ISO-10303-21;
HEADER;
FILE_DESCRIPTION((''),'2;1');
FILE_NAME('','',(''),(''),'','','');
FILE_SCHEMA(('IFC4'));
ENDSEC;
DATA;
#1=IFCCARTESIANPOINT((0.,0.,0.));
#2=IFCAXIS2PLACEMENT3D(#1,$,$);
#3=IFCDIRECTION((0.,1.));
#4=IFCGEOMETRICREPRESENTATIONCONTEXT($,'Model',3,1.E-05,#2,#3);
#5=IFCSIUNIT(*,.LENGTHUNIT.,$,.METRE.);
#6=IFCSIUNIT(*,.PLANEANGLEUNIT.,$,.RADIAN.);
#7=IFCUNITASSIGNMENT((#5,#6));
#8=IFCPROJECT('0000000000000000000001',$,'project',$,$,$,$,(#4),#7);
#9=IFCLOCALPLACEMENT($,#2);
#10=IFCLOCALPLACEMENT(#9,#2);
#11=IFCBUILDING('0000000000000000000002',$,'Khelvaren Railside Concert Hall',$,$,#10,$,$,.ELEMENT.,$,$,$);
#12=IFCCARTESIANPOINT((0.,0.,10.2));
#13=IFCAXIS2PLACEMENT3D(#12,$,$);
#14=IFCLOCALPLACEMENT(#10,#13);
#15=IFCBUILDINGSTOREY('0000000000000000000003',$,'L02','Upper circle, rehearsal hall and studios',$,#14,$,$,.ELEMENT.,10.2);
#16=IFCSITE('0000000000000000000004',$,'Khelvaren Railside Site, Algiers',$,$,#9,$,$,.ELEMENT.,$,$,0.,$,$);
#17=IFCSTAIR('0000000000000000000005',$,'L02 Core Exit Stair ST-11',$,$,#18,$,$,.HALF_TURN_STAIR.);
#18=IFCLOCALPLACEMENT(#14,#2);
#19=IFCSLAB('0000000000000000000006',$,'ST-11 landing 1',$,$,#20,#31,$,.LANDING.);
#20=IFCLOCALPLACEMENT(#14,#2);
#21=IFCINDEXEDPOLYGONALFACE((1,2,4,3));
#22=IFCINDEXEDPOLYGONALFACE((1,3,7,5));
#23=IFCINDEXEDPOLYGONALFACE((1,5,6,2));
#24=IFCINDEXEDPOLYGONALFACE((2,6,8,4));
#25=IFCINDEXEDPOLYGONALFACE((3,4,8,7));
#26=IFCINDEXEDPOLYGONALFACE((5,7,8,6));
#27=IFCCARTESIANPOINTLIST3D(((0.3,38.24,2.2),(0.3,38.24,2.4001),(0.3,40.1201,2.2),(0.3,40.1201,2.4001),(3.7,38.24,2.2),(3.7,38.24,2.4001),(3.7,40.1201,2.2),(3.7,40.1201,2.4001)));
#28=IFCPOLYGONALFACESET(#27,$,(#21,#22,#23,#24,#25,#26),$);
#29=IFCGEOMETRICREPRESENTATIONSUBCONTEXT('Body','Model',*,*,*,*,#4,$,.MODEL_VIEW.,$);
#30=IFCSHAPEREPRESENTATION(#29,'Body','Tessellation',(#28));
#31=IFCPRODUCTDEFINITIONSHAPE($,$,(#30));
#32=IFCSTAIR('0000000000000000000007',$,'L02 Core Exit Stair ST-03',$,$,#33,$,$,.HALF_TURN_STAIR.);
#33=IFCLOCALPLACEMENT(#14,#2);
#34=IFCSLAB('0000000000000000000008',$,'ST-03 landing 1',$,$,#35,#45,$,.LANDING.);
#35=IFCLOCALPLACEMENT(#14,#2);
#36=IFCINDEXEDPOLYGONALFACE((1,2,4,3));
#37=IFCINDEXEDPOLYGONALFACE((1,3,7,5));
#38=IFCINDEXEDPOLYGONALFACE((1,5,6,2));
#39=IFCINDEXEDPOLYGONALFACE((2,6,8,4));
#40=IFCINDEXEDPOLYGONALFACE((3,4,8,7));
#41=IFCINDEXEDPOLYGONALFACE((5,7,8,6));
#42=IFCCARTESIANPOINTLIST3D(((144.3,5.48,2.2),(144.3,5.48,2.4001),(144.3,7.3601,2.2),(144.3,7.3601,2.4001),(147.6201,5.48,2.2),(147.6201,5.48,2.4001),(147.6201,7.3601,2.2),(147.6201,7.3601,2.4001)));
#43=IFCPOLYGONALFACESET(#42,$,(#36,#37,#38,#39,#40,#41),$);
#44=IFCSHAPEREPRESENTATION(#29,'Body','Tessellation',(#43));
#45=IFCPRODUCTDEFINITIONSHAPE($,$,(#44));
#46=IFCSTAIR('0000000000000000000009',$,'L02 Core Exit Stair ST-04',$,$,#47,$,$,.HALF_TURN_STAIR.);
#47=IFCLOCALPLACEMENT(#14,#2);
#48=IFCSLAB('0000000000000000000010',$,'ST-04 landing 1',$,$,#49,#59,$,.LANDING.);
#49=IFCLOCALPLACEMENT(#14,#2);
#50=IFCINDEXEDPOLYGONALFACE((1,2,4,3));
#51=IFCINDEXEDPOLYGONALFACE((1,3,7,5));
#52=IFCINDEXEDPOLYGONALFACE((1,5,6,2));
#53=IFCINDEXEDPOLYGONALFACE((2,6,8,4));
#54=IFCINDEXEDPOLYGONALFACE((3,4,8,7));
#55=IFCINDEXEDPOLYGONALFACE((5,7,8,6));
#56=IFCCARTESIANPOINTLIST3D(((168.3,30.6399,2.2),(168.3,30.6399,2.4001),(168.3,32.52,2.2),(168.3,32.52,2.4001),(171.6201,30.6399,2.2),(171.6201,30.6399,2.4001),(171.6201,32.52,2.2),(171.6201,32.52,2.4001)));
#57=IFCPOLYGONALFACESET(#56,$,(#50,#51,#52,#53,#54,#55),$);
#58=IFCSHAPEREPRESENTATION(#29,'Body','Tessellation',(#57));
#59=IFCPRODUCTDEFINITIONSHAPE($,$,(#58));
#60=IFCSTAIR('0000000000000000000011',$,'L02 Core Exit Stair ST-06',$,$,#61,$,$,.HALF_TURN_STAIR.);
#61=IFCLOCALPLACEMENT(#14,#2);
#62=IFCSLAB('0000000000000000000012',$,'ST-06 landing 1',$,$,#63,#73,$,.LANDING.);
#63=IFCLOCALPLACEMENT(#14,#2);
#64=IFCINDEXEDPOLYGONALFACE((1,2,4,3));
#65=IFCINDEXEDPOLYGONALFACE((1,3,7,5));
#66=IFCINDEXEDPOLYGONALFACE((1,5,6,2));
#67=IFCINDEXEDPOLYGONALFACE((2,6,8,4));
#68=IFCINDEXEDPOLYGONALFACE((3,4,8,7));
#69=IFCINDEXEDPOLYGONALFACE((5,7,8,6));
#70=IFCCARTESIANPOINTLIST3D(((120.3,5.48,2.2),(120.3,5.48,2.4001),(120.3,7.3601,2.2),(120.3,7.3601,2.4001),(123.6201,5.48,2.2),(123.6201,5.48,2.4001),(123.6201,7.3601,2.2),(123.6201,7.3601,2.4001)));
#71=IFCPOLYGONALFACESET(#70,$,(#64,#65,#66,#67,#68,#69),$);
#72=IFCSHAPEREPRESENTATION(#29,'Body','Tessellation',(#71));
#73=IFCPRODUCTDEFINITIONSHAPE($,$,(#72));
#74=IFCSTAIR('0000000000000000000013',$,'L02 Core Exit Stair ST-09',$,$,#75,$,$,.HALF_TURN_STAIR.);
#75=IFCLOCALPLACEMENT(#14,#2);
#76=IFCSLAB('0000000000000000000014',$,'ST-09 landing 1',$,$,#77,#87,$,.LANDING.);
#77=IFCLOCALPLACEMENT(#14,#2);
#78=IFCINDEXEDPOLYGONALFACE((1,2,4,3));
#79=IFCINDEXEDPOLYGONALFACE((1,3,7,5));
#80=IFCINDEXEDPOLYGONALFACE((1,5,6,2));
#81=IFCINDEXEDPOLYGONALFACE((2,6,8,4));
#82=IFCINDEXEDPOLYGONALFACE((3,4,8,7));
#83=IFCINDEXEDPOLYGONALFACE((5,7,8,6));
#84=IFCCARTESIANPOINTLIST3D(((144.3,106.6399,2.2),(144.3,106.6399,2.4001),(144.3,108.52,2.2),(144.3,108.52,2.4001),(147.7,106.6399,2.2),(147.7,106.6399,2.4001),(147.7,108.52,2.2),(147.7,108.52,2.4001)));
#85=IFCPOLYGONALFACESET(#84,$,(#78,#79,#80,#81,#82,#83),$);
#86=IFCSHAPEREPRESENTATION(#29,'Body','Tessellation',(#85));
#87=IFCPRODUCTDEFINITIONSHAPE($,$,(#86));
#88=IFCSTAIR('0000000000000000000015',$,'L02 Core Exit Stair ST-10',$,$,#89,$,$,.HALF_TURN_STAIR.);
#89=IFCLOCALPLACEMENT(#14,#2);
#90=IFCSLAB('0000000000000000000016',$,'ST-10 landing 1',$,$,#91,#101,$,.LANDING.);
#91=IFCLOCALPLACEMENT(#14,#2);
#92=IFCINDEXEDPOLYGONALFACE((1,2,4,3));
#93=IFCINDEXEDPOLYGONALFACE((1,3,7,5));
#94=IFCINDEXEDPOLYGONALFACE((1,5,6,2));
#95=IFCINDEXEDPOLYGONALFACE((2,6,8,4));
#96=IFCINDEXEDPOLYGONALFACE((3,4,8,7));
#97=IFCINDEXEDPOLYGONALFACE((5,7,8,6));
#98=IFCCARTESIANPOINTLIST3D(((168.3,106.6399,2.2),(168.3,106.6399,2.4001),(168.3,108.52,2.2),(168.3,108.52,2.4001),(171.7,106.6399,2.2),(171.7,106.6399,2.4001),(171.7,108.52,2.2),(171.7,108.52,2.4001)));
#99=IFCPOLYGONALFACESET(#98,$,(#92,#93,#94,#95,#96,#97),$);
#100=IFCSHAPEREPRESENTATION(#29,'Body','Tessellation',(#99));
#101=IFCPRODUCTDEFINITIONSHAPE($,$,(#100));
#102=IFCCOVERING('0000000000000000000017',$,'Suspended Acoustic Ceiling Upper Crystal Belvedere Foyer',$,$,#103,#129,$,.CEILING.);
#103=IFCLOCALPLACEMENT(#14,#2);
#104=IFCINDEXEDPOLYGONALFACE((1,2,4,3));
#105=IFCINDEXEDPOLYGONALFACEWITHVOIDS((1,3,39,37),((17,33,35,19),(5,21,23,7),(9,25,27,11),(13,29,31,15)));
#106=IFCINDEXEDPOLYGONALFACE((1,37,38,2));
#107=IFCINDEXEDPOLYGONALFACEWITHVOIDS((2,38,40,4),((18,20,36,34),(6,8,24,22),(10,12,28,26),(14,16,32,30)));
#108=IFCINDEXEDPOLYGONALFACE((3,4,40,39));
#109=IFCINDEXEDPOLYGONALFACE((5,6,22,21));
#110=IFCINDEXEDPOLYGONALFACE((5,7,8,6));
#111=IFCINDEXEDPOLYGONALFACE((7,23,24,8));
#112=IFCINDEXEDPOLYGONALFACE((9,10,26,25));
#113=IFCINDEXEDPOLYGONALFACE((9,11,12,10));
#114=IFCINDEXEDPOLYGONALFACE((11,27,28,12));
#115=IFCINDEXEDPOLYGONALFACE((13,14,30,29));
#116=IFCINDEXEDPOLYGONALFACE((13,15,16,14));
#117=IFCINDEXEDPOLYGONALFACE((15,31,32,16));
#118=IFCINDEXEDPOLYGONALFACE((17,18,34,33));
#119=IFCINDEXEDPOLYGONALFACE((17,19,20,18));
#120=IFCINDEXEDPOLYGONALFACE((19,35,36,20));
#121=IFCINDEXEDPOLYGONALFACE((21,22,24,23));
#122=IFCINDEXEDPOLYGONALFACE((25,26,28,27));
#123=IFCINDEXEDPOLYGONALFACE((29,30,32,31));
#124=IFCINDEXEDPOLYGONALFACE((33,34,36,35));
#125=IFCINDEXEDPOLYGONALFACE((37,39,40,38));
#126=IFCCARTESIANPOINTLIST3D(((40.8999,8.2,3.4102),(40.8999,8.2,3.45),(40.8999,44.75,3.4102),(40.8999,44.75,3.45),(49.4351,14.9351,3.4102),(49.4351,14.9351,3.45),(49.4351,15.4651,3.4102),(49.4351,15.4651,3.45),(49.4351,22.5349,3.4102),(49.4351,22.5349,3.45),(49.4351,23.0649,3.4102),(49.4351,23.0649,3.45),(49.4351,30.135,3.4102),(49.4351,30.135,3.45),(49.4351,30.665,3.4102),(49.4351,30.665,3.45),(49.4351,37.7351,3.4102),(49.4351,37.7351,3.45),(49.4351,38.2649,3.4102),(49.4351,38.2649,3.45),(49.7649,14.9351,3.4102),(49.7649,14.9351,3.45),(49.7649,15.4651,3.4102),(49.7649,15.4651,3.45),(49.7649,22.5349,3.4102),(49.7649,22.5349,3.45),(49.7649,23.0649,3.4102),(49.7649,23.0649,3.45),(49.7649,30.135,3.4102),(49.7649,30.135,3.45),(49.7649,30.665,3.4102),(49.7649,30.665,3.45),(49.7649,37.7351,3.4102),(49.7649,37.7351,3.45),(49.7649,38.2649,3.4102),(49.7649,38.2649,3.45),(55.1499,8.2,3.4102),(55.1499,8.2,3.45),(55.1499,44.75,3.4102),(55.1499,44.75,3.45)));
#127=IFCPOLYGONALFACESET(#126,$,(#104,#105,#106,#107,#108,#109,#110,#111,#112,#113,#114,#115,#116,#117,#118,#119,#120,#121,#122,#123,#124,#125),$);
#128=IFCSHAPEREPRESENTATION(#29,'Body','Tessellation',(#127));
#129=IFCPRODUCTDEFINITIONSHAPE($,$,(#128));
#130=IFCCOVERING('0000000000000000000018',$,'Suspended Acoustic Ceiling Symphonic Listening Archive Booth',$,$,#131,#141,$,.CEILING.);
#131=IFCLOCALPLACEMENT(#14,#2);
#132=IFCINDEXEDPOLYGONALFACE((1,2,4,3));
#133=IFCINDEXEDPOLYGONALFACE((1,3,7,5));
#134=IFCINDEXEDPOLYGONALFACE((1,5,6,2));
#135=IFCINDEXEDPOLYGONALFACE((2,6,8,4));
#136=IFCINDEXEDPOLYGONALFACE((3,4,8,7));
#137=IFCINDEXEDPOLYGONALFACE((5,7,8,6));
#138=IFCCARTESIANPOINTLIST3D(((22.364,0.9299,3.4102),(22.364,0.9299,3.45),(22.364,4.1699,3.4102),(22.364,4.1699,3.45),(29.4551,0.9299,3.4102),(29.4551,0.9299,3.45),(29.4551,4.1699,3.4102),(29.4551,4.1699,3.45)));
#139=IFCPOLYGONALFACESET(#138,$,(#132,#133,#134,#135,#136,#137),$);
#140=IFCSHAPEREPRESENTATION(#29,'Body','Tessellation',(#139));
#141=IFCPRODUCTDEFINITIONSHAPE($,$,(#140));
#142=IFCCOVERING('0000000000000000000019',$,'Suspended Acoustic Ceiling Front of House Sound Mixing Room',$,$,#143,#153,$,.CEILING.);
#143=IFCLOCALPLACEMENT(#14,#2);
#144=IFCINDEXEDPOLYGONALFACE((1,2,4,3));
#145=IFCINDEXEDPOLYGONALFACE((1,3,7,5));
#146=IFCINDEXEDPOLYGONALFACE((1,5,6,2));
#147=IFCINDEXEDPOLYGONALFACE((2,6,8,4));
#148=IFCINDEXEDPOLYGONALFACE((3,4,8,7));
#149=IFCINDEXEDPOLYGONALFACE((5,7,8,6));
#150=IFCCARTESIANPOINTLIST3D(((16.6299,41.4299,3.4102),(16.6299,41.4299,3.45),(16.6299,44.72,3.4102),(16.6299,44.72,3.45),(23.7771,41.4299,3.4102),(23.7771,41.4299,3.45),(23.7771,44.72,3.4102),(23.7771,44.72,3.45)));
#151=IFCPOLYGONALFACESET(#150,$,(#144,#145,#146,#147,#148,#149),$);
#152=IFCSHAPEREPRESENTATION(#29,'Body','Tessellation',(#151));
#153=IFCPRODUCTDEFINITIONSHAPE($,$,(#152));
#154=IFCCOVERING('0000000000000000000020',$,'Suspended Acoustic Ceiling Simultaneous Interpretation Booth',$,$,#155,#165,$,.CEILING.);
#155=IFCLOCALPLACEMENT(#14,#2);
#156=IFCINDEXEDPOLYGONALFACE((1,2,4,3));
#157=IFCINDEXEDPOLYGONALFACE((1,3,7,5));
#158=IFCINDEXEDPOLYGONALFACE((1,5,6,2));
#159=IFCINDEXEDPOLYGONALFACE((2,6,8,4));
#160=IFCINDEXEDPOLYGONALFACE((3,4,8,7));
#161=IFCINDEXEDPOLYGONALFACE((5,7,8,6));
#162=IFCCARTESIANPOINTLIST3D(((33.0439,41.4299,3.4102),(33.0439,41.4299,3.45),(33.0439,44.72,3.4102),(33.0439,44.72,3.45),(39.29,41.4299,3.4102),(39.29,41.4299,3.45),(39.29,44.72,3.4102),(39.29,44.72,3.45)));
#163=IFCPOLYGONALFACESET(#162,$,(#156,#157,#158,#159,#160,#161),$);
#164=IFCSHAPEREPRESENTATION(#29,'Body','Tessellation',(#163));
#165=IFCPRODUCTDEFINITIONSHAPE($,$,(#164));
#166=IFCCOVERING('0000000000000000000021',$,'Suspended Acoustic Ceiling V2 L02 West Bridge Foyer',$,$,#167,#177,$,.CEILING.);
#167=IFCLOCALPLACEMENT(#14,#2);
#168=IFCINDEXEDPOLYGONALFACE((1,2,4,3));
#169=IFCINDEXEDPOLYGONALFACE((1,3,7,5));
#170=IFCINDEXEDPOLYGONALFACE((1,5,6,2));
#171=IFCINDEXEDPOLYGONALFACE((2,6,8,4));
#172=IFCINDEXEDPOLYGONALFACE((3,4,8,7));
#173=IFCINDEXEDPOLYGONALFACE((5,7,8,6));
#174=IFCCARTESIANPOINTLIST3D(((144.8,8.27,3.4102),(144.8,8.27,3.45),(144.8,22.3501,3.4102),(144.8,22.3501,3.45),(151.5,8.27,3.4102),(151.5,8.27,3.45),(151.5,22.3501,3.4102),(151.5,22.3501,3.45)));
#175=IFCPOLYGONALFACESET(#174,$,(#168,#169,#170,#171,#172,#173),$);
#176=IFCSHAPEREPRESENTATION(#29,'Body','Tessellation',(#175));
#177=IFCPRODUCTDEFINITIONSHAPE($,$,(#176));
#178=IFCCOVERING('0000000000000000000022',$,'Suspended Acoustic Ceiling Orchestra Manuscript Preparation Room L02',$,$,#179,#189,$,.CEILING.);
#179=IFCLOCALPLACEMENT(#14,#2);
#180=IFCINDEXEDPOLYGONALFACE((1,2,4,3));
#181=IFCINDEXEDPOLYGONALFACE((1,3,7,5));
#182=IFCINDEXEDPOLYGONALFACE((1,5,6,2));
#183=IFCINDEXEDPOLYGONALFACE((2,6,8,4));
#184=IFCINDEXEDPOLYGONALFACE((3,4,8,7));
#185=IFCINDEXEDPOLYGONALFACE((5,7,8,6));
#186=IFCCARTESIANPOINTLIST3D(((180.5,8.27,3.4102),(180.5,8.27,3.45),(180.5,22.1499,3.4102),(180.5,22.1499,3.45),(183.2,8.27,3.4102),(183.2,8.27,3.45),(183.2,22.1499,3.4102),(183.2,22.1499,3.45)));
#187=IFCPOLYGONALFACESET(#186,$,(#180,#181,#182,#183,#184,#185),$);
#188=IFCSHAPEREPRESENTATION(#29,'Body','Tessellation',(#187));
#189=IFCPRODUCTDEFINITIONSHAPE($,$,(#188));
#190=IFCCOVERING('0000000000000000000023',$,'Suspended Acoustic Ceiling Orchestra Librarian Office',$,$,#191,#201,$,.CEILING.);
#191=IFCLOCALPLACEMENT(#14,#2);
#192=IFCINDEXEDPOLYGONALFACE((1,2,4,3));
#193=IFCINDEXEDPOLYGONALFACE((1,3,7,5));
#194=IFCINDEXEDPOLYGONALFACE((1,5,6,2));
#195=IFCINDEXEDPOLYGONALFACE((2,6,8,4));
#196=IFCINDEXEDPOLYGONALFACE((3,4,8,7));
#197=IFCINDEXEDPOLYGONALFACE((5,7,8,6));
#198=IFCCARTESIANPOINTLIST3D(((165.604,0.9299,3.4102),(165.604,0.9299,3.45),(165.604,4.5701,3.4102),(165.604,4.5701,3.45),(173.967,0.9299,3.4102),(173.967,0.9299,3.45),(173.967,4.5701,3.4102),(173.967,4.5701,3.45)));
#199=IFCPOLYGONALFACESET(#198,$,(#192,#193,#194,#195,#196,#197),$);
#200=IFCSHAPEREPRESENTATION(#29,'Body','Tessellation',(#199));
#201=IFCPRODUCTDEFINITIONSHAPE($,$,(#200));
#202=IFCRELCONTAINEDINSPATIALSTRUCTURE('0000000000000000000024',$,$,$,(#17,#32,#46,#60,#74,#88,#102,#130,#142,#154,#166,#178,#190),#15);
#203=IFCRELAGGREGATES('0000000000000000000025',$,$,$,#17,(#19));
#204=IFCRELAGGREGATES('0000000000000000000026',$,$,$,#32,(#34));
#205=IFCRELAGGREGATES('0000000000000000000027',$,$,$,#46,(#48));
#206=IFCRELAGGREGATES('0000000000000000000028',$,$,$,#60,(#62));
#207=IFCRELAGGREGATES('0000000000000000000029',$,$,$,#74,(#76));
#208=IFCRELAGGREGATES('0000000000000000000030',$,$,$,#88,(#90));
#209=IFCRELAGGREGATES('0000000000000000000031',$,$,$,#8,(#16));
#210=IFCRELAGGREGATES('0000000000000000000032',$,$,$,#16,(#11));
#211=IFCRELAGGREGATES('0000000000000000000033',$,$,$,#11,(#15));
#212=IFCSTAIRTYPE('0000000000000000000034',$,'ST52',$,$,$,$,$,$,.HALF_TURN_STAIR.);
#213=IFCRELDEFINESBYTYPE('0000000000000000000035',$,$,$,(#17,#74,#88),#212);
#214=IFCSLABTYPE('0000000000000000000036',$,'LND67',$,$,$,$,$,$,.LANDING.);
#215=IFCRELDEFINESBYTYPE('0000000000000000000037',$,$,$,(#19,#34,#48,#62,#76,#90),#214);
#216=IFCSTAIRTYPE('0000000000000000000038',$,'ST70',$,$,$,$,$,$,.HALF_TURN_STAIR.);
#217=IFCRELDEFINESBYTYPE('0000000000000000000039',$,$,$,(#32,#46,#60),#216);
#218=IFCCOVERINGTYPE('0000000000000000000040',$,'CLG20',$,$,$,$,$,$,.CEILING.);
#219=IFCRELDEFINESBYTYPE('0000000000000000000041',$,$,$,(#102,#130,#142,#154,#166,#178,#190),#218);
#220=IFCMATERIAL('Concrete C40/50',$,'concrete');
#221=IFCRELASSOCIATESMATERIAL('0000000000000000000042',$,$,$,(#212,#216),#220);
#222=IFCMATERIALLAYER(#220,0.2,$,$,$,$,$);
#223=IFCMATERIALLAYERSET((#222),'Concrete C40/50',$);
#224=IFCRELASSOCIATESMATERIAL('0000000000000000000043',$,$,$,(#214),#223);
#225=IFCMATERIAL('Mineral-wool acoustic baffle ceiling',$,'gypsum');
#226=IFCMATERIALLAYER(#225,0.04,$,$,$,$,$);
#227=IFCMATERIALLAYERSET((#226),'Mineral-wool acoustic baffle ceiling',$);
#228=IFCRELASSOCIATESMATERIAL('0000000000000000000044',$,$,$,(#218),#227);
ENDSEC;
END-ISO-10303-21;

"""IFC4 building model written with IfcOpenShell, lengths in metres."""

from ifc_helpers import new_model, si_unit, direction, frame, origin, place, context, subcontext, project, spatial, polyline, outline, extrude, material, layer, layer_set, type_object, element, aggregate, save


model = new_model("IFC4")

# Units and contexts
model_context = context("Model", 3, precision=1e-05, world=origin(), true_north=direction((0.0, 1.0)))
body_context = subcontext(model_context, "Body", "Model", "MODEL_VIEW")
ifc_project = project(units=[si_unit("LENGTHUNIT", "METRE"), si_unit("PLANEANGLEUNIT", "RADIAN")], contexts=[model_context])

# Site, building, storey
site_placement = place(None, origin())
site = spatial("IfcSite", under=ifc_project, at=site_placement, Name="Khelvaren Railside Site, Algiers", CompositionType="ELEMENT", RefElevation=0.0)
building_placement = place(site_placement, origin())
building = spatial("IfcBuilding", under=site, at=building_placement, Name="Khelvaren Railside Concert Hall", CompositionType="ELEMENT")
storey_placement = place(building_placement, frame((0.0, 0.0, 10.2)))
storey = spatial("IfcBuildingStorey", under=building, at=storey_placement, Name="L02", Description="Upper circle, rehearsal hall and studios", CompositionType="ELEMENT", Elevation=10.2)

# Stairs, slabs
ifc_material_1 = material(Name="Concrete C40/50", Category="concrete")
stair_type_1 = type_object("IfcStairType", Name="ST52", PredefinedType="HALF_TURN_STAIR", material=ifc_material_1)
stair_1_placement = place(storey_placement, origin())
stair_1 = element("IfcStair", 1, at=stair_1_placement, inside=storey, type_object=stair_type_1, Name="L02 Core Exit Stair ST-11", PredefinedType="HALF_TURN_STAIR")
ifc_layer_1 = layer(ifc_material_1, 0.2)
ifc_layer_set_1 = layer_set([ifc_layer_1], Name="Concrete C40/50")
slab_type = type_object("IfcSlabType", Name="LND67", PredefinedType="LANDING", material=ifc_layer_set_1)
slab_1_placement = place(storey_placement, frame((0.0, 0.0, 2.2)))
slab_1 = element("IfcSlab", 2, at=slab_1_placement, type_object=slab_type, Name="ST-11 landing 1", PredefinedType="LANDING", context=body_context, shape_type="SweptSolid", body=[
    extrude(outline(polyline([(0.3, 40.1201), (0.3, 38.24), (3.7, 38.24), (3.7, 40.1201), (0.3, 40.1201)])), origin(), (0.0, 0.0, 1.0), 0.2002),
])
aggregate(stair_1, [slab_1])
stair_type_2 = type_object("IfcStairType", Name="ST70", PredefinedType="HALF_TURN_STAIR", material=ifc_material_1)
stair_2_placement = place(storey_placement, origin())
stair_2 = element("IfcStair", 3, at=stair_2_placement, inside=storey, type_object=stair_type_2, Name="L02 Core Exit Stair ST-03", PredefinedType="HALF_TURN_STAIR")
slab_2_placement = place(storey_placement, frame((0.0, 0.0, 2.2)))
slab_2 = element("IfcSlab", 4, at=slab_2_placement, type_object=slab_type, Name="ST-03 landing 1", PredefinedType="LANDING", context=body_context, shape_type="SweptSolid", body=[
    extrude(outline(polyline([(147.6201, 5.48), (147.6201, 7.3601), (144.3, 7.3601), (144.3, 5.48), (147.6201, 5.48)])), origin(), (0.0, 0.0, 1.0), 0.2002),
])
aggregate(stair_2, [slab_2])
stair_3_placement = place(storey_placement, origin())
stair_3 = element("IfcStair", 5, at=stair_3_placement, inside=storey, type_object=stair_type_2, Name="L02 Core Exit Stair ST-04", PredefinedType="HALF_TURN_STAIR")
slab_3_placement = place(storey_placement, frame((0.0, 0.0, 2.2)))
slab_3 = element("IfcSlab", 6, at=slab_3_placement, type_object=slab_type, Name="ST-04 landing 1", PredefinedType="LANDING", context=body_context, shape_type="SweptSolid", body=[
    extrude(outline(polyline([(168.3, 32.52), (168.3, 30.6399), (171.6201, 30.6399), (171.6201, 32.52), (168.3, 32.52)])), origin(), (0.0, 0.0, 1.0), 0.2002),
])
aggregate(stair_3, [slab_3])
stair_4_placement = place(storey_placement, origin())
stair_4 = element("IfcStair", 7, at=stair_4_placement, inside=storey, type_object=stair_type_2, Name="L02 Core Exit Stair ST-06", PredefinedType="HALF_TURN_STAIR")
slab_4_placement = place(storey_placement, frame((0.0, 0.0, 2.2)))
slab_4 = element("IfcSlab", 8, at=slab_4_placement, type_object=slab_type, Name="ST-06 landing 1", PredefinedType="LANDING", context=body_context, shape_type="SweptSolid", body=[
    extrude(outline(polyline([(123.6201, 5.48), (123.6201, 7.3601), (120.3, 7.3601), (120.3, 5.48), (123.6201, 5.48)])), origin(), (0.0, 0.0, 1.0), 0.2002),
])
aggregate(stair_4, [slab_4])
stair_5_placement = place(storey_placement, origin())
stair_5 = element("IfcStair", 9, at=stair_5_placement, inside=storey, type_object=stair_type_1, Name="L02 Core Exit Stair ST-09", PredefinedType="HALF_TURN_STAIR")
slab_5_placement = place(storey_placement, frame((0.0, 0.0, 2.2)))
slab_5 = element("IfcSlab", 10, at=slab_5_placement, type_object=slab_type, Name="ST-09 landing 1", PredefinedType="LANDING", context=body_context, shape_type="SweptSolid", body=[
    extrude(outline(polyline([(144.3, 108.52), (144.3, 106.6399), (147.7, 106.6399), (147.7, 108.52), (144.3, 108.52)])), origin(), (0.0, 0.0, 1.0), 0.2002),
])
aggregate(stair_5, [slab_5])
stair_6_placement = place(storey_placement, origin())
stair_6 = element("IfcStair", 11, at=stair_6_placement, inside=storey, type_object=stair_type_1, Name="L02 Core Exit Stair ST-10", PredefinedType="HALF_TURN_STAIR")
slab_6_placement = place(storey_placement, frame((0.0, 0.0, 2.2)))
slab_6 = element("IfcSlab", 12, at=slab_6_placement, type_object=slab_type, Name="ST-10 landing 1", PredefinedType="LANDING", context=body_context, shape_type="SweptSolid", body=[
    extrude(outline(polyline([(168.3, 108.52), (168.3, 106.6399), (171.7, 106.6399), (171.7, 108.52), (168.3, 108.52)])), origin(), (0.0, 0.0, 1.0), 0.2002),
])
aggregate(stair_6, [slab_6])

# Coverings
ifc_material_2 = material(Name="Mineral-wool acoustic baffle ceiling", Category="gypsum")
ifc_layer_2 = layer(ifc_material_2, 0.04)
ifc_layer_set_2 = layer_set([ifc_layer_2], Name="Mineral-wool acoustic baffle ceiling")
covering_type_1 = type_object("IfcCoveringType", Name="CLG20", PredefinedType="CEILING", material=ifc_layer_set_2)
covering_1_placement = place(storey_placement, frame((0.0, 0.0, 3.4102)))
element("IfcCovering", 13, at=covering_1_placement, inside=storey, type_object=covering_type_1, Name="Suspended Acoustic Ceiling Upper Crystal Belvedere Foyer", PredefinedType="CEILING", context=body_context, shape_type="SweptSolid", body=[
    extrude(outline(polyline([(40.8999, 8.2), (55.1499, 8.2), (55.1499, 44.75), (40.8999, 44.75), (40.8999, 8.2)]), holes=[polyline([(49.4351, 14.9351), (49.7649, 14.9351), (49.7649, 15.4651), (49.4351, 15.4651), (49.4351, 14.9351)]), polyline([(49.4351, 22.5349), (49.7649, 22.5349), (49.7649, 23.0649), (49.4351, 23.0649), (49.4351, 22.5349)]), polyline([(49.4351, 30.135), (49.7649, 30.135), (49.7649, 30.665), (49.4351, 30.665), (49.4351, 30.135)]), polyline([(49.4351, 37.7351), (49.7649, 37.7351), (49.7649, 38.2649), (49.4351, 38.2649), (49.4351, 37.7351)])]), origin(), (0.0, 0.0, 1.0), 0.0398),
])
covering_2_placement = place(storey_placement, frame((0.0, 0.0, 3.4102)))
element("IfcCovering", 14, at=covering_2_placement, inside=storey, type_object=covering_type_1, Name="Suspended Acoustic Ceiling Symphonic Listening Archive Booth", PredefinedType="CEILING", context=body_context, shape_type="SweptSolid", body=[
    extrude(outline(polyline([(22.364, 0.9299), (29.4551, 0.9299), (29.4551, 4.1699), (22.364, 4.1699), (22.364, 0.9299)])), origin(), (0.0, 0.0, 1.0), 0.0398),
])
covering_3_placement = place(storey_placement, frame((0.0, 0.0, 3.4102)))
element("IfcCovering", 15, at=covering_3_placement, inside=storey, type_object=covering_type_1, Name="Suspended Acoustic Ceiling Front of House Sound Mixing Room", PredefinedType="CEILING", context=body_context, shape_type="SweptSolid", body=[
    extrude(outline(polyline([(16.6299, 41.4299), (23.7771, 41.4299), (23.7771, 44.72), (16.6299, 44.72), (16.6299, 41.4299)])), origin(), (0.0, 0.0, 1.0), 0.0398),
])
covering_4_placement = place(storey_placement, frame((0.0, 0.0, 3.4102)))
element("IfcCovering", 16, at=covering_4_placement, inside=storey, type_object=covering_type_1, Name="Suspended Acoustic Ceiling Simultaneous Interpretation Booth", PredefinedType="CEILING", context=body_context, shape_type="SweptSolid", body=[
    extrude(outline(polyline([(33.0439, 41.4299), (39.29, 41.4299), (39.29, 44.72), (33.0439, 44.72), (33.0439, 41.4299)])), origin(), (0.0, 0.0, 1.0), 0.0398),
])
covering_5_placement = place(storey_placement, frame((0.0, 0.0, 3.4102)))
element("IfcCovering", 17, at=covering_5_placement, inside=storey, type_object=covering_type_1, Name="Suspended Acoustic Ceiling V2 L02 West Bridge Foyer", PredefinedType="CEILING", context=body_context, shape_type="SweptSolid", body=[
    extrude(outline(polyline([(144.8, 8.27), (151.5, 8.27), (151.5, 22.3501), (144.8, 22.3501), (144.8, 8.27)])), origin(), (0.0, 0.0, 1.0), 0.0398),
])
covering_6_placement = place(storey_placement, frame((0.0, 0.0, 3.4102)))
element("IfcCovering", 18, at=covering_6_placement, inside=storey, type_object=covering_type_1, Name="Suspended Acoustic Ceiling Orchestra Manuscript Preparation Room L02", PredefinedType="CEILING", context=body_context, shape_type="SweptSolid", body=[
    extrude(outline(polyline([(180.5, 8.27), (183.2, 8.27), (183.2, 22.1499), (180.5, 22.1499), (180.5, 8.27)])), origin(), (0.0, 0.0, 1.0), 0.0398),
])
covering_7_placement = place(storey_placement, frame((0.0, 0.0, 3.4102)))
element("IfcCovering", 19, at=covering_7_placement, inside=storey, type_object=covering_type_1, Name="Suspended Acoustic Ceiling Orchestra Librarian Office", PredefinedType="CEILING", context=body_context, shape_type="SweptSolid", body=[
    extrude(outline(polyline([(165.604, 0.9299), (173.967, 0.9299), (173.967, 4.5701), (165.604, 4.5701), (165.604, 0.9299)])), origin(), (0.0, 0.0, 1.0), 0.0398),
])

save(model, "model.ifc")
